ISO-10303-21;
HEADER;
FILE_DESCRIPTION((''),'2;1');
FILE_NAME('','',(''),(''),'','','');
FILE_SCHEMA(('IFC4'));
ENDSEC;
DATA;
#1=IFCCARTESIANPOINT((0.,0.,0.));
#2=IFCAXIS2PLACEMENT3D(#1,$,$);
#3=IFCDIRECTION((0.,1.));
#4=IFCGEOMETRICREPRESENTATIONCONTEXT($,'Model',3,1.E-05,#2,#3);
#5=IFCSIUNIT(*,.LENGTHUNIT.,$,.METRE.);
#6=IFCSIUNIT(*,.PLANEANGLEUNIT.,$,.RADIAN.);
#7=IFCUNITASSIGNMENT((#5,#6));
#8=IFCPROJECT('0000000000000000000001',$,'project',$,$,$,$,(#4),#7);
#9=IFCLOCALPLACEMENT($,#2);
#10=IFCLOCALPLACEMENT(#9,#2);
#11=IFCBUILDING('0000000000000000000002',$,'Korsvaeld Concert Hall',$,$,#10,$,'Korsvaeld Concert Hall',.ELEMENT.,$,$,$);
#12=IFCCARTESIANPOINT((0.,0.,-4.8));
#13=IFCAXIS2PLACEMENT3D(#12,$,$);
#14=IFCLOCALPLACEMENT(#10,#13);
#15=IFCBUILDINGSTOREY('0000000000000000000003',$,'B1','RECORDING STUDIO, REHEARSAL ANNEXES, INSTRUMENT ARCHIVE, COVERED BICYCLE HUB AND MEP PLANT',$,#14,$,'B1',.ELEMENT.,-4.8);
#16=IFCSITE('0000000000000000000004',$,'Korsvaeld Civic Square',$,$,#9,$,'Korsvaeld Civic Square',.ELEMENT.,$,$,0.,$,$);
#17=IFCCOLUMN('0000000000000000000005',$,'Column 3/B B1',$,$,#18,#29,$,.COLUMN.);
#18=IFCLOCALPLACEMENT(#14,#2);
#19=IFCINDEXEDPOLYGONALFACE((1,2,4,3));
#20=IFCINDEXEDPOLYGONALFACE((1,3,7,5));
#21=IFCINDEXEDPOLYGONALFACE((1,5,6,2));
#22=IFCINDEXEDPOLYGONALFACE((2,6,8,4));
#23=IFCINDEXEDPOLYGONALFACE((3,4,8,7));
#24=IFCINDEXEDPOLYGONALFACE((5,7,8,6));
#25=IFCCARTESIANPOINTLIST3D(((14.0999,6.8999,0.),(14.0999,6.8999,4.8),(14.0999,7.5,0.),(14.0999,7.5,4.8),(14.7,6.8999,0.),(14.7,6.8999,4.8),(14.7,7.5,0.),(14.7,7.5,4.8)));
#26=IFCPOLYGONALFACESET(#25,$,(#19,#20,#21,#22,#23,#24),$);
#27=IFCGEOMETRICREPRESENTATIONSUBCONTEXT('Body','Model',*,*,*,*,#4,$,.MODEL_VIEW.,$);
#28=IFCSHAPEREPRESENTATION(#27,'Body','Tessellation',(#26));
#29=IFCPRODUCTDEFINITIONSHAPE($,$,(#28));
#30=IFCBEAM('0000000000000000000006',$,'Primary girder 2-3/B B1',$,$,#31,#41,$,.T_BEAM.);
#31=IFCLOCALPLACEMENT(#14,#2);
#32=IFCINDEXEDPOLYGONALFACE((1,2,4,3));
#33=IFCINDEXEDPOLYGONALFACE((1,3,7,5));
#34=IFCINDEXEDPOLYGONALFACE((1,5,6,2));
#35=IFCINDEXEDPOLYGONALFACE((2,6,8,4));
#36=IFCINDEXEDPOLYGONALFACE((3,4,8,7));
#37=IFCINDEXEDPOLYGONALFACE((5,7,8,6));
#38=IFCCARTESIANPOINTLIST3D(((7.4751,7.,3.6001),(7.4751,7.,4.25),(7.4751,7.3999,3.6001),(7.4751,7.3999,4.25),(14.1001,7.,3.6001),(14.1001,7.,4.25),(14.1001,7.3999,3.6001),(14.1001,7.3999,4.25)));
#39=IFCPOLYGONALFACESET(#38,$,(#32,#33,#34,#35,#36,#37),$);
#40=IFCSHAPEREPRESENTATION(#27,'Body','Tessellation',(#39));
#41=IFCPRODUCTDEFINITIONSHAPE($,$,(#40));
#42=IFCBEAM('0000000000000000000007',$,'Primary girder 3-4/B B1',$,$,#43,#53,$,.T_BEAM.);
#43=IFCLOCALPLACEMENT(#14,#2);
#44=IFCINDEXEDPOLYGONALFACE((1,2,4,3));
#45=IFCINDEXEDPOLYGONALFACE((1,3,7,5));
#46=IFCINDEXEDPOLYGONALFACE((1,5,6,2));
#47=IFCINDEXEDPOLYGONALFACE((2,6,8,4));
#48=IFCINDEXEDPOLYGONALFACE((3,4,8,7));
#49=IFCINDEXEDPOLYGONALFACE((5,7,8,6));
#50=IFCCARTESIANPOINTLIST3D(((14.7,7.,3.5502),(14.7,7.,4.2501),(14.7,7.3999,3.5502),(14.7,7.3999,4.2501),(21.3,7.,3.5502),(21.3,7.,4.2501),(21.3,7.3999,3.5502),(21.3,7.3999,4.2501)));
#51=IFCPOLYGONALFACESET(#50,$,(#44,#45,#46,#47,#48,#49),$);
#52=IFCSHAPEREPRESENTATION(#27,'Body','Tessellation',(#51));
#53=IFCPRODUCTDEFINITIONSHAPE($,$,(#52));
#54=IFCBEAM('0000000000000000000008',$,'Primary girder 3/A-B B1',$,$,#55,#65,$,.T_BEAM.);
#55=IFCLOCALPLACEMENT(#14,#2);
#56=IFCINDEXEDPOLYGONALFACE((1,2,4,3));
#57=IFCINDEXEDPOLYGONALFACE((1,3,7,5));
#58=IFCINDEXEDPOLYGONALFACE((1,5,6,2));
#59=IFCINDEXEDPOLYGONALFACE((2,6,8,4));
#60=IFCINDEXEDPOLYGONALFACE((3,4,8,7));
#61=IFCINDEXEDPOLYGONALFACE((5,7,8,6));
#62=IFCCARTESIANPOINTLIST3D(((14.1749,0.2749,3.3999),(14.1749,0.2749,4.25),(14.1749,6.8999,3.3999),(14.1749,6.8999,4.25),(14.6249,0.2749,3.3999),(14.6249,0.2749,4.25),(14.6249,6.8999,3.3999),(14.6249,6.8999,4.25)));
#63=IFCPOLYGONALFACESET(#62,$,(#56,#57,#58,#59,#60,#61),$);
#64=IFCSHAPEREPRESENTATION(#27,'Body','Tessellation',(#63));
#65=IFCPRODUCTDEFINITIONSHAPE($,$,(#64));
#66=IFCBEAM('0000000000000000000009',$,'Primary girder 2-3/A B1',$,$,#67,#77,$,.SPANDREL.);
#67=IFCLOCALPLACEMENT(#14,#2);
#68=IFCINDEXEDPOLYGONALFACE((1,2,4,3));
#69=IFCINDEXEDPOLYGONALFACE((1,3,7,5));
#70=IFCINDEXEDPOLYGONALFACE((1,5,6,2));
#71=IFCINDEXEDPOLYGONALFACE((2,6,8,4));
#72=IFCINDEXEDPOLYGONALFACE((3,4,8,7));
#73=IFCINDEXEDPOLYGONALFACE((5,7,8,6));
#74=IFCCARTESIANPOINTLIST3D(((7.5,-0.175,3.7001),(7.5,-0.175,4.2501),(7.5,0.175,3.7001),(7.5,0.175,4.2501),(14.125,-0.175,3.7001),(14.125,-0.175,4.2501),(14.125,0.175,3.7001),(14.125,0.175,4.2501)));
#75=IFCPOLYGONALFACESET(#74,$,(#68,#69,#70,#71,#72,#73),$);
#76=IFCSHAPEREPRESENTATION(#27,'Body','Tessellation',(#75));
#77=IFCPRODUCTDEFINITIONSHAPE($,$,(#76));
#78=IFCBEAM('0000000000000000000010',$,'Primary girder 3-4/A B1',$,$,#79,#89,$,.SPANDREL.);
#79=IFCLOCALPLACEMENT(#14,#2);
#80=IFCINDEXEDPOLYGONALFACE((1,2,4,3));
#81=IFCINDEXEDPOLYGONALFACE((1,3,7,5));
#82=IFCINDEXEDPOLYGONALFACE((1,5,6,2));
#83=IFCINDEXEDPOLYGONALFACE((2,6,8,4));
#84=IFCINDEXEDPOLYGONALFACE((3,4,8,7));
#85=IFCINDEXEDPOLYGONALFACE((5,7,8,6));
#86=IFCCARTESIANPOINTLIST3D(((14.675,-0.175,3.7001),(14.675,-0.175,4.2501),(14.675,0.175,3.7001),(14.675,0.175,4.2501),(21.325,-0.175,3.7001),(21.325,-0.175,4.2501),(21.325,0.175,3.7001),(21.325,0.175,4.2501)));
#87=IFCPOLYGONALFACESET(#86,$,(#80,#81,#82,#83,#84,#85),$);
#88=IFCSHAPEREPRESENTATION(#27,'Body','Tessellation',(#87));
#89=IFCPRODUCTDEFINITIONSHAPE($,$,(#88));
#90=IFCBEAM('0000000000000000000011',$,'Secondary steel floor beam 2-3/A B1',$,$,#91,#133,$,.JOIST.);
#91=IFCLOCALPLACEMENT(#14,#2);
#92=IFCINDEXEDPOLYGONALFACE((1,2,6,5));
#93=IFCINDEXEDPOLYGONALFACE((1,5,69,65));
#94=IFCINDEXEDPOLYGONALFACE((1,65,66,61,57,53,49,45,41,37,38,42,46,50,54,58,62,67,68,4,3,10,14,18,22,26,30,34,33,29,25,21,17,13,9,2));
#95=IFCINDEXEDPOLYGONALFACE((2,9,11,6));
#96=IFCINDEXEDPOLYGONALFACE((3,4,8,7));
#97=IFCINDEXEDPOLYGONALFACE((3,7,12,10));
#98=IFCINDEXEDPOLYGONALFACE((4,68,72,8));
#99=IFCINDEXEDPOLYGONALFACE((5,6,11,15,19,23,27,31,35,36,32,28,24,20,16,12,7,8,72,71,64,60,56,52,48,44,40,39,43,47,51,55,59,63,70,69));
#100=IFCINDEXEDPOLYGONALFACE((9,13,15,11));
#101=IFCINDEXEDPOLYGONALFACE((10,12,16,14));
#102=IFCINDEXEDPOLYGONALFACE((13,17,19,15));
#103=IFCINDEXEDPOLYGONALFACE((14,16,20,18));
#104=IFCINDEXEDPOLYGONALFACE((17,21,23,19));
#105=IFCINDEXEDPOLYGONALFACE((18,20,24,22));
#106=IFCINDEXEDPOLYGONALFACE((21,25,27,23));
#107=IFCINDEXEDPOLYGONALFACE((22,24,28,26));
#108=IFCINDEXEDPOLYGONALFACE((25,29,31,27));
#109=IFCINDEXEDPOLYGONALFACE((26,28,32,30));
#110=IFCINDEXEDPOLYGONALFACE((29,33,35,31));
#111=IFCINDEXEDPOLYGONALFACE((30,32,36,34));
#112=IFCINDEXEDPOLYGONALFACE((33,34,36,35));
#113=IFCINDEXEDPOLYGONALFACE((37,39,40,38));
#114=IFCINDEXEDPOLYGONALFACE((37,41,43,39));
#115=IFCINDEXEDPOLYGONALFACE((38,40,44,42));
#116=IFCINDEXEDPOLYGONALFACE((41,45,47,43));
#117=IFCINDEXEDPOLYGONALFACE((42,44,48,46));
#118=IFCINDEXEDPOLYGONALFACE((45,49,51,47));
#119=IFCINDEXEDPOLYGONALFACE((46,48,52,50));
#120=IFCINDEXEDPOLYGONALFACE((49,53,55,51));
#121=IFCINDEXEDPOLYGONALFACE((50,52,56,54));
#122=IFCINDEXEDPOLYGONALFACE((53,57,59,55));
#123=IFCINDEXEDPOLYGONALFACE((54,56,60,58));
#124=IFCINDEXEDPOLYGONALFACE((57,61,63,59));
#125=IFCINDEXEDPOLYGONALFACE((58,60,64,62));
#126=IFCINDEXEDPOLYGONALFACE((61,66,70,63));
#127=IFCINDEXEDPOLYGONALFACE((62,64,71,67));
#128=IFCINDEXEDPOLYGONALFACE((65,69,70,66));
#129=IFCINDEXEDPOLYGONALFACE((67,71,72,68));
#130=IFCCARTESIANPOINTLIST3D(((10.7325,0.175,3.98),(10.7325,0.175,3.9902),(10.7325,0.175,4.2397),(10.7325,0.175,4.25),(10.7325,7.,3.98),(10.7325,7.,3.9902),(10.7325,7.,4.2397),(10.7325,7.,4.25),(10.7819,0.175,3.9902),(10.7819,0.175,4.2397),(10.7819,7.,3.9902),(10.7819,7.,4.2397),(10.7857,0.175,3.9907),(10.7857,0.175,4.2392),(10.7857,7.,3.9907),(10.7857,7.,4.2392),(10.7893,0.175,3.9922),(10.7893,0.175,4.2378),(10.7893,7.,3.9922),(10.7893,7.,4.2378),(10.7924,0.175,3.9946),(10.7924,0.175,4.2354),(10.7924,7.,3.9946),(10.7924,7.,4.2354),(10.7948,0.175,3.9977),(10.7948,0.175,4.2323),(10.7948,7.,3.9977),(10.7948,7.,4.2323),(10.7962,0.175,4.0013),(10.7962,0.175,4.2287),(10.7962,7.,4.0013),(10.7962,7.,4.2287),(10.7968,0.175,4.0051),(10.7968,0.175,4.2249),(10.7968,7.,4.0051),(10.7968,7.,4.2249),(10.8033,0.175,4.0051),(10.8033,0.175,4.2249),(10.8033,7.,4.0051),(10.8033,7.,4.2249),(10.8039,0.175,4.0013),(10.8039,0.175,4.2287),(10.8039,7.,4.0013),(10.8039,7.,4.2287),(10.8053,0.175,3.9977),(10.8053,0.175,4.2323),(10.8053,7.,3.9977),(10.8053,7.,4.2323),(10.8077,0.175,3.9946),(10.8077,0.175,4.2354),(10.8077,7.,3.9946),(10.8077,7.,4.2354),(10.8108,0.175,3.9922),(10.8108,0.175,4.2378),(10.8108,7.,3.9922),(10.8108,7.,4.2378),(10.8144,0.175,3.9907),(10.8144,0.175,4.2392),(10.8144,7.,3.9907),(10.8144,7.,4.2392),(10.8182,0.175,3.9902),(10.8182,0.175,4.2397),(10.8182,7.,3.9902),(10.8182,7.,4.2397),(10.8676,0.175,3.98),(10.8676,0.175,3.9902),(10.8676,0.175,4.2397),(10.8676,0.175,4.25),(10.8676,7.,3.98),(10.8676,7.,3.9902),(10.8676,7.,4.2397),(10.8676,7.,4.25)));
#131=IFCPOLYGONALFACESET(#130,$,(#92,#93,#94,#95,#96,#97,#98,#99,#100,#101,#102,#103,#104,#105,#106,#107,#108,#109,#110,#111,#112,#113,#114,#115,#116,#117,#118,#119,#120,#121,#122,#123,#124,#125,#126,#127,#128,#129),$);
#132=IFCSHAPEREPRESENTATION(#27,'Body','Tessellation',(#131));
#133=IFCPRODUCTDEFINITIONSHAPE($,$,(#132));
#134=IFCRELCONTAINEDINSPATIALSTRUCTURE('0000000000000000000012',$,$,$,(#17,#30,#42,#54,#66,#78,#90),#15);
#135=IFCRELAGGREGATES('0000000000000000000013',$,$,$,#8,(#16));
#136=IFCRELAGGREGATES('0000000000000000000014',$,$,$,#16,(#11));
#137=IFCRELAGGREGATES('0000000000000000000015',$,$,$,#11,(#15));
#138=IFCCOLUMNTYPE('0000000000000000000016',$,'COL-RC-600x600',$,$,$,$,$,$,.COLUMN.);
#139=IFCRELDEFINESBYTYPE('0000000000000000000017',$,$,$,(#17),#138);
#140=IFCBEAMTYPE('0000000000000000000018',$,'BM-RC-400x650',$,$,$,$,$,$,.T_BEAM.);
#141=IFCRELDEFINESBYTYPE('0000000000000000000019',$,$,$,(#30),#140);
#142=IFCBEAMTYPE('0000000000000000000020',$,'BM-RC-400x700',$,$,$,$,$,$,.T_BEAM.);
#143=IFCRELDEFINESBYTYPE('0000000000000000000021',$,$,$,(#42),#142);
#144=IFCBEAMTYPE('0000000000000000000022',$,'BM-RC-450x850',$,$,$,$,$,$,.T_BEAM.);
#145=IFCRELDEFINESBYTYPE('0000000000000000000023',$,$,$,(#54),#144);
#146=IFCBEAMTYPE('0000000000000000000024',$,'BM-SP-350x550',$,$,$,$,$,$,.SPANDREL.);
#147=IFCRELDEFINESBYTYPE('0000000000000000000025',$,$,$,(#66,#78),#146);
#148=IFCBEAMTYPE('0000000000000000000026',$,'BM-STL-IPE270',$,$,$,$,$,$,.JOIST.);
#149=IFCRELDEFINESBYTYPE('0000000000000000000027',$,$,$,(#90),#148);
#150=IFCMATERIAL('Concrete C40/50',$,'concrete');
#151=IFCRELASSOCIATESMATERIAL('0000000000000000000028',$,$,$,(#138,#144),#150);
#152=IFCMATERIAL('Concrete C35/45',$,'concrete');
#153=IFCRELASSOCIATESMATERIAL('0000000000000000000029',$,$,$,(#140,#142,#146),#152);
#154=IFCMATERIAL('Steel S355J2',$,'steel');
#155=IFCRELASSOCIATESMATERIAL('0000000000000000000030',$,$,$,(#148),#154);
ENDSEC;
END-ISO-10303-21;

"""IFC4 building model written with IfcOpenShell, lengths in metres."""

from ifc_helpers import new_model, si_unit, direction, frame, origin, origin_2d, place, context, subcontext, project, spatial, rectangle, i_section, extrude, material, material_profile, profile_set, type_object, element, save


model = new_model("IFC4")

# Units and contexts
model_context = context("Model", 3, precision=1e-05, world=origin(), true_north=direction((0.0, 1.0)))
body_context = subcontext(model_context, "Body", "Model", "MODEL_VIEW")
ifc_project = project(units=[si_unit("LENGTHUNIT", "METRE"), si_unit("PLANEANGLEUNIT", "RADIAN")], contexts=[model_context])

# Site, building, storey
site_placement = place(None, origin())
site = spatial("IfcSite", under=ifc_project, at=site_placement, Name="Korsvaeld Civic Square", LongName="Korsvaeld Civic Square", CompositionType="ELEMENT", RefElevation=0.0)
building_placement = place(site_placement, origin())
building = spatial("IfcBuilding", under=site, at=building_placement, Name="Korsvaeld Concert Hall", LongName="Korsvaeld Concert Hall", CompositionType="ELEMENT")
storey_placement = place(building_placement, frame((0.0, 0.0, -4.8)))
storey = spatial("IfcBuildingStorey", under=building, at=storey_placement, Name="B1", Description="RECORDING STUDIO, REHEARSAL ANNEXES, INSTRUMENT ARCHIVE, COVERED BICYCLE HUB AND MEP PLANT", LongName="B1", CompositionType="ELEMENT", Elevation=-4.8)

# Shared definitions
ifc_material_1 = material(Name="Concrete C35/45", Category="concrete")

# Column
ifc_material_2 = material(Name="Concrete C40/50", Category="concrete")
ifc_material_profile_1 = material_profile(ifc_material_2, rectangle(XDim=0.6001, YDim=0.6001, at=origin_2d()), Name="RC 600x600")
ifc_profile_set_1 = profile_set([ifc_material_profile_1], Name="Concrete C40/50")
column_type_1 = type_object("IfcColumnType", Name="COL-RC-600x600", PredefinedType="COLUMN", material=ifc_profile_set_1)
column_1_placement = place(storey_placement, frame((14.3999, 7.2, 0.0), z_axis=(0.0, 0.0, 1.0), x_axis=(1.0, 0.0, 0.0)))
element("IfcColumn", 1, at=column_1_placement, inside=storey, type_object=column_type_1, Name="Column 3/B B1", PredefinedType="COLUMN", context=body_context, shape_type="SweptSolid", body=[
    extrude(rectangle(XDim=0.6001, YDim=0.6001, at=origin_2d()), origin(), (0.0, 0.0, 1.0), 4.8),
])

# Beams
ifc_material_profile_2 = material_profile(ifc_material_1, rectangle(XDim=0.3999, YDim=0.6499, at=origin_2d()), Name="RC 400x650")
ifc_profile_set_2 = profile_set([ifc_material_profile_2], Name="Concrete C35/45")
beam_type_1 = type_object("IfcBeamType", Name="BM-RC-400x650", PredefinedType="T_BEAM", material=ifc_profile_set_2)
beam_1_placement = place(storey_placement, frame((7.4751, 7.2, 3.925), z_axis=(1.0, 0.0, 0.0), x_axis=(0.0, 1.0, 0.0)))
element("IfcBeam", 2, at=beam_1_placement, inside=storey, type_object=beam_type_1, Name="Primary girder 2-3/B B1", PredefinedType="T_BEAM", context=body_context, shape_type="SweptSolid", body=[
    extrude(rectangle(XDim=0.3999, YDim=0.6499, at=origin_2d()), origin(), (0.0, 0.0, 1.0), 6.625),
])
ifc_material_profile_3 = material_profile(ifc_material_1, rectangle(XDim=0.3999, YDim=0.7, at=origin_2d()), Name="RC 400x700")
ifc_profile_set_3 = profile_set([ifc_material_profile_3], Name="Concrete C35/45")
beam_type_2 = type_object("IfcBeamType", Name="BM-RC-400x700", PredefinedType="T_BEAM", material=ifc_profile_set_3)
beam_2_placement = place(storey_placement, frame((14.7, 7.2, 3.9001), z_axis=(1.0, 0.0, 0.0), x_axis=(0.0, 1.0, 0.0)))
element("IfcBeam", 3, at=beam_2_placement, inside=storey, type_object=beam_type_2, Name="Primary girder 3-4/B B1", PredefinedType="T_BEAM", context=body_context, shape_type="SweptSolid", body=[
    extrude(rectangle(XDim=0.3999, YDim=0.7, at=origin_2d()), origin(), (0.0, 0.0, 1.0), 6.6001),
])
ifc_material_profile_4 = material_profile(ifc_material_2, rectangle(XDim=0.45, YDim=0.8501, at=origin_2d()), Name="RC 450x850")
ifc_profile_set_4 = profile_set([ifc_material_profile_4], Name="Concrete C40/50")
beam_type_3 = type_object("IfcBeamType", Name="BM-RC-450x850", PredefinedType="T_BEAM", material=ifc_profile_set_4)
beam_3_placement = place(storey_placement, frame((14.3999, 0.2749, 3.825), z_axis=(0.0, 1.0, 0.0), x_axis=(-1.0, 0.0, 0.0)))
element("IfcBeam", 4, at=beam_3_placement, inside=storey, type_object=beam_type_3, Name="Primary girder 3/A-B B1", PredefinedType="T_BEAM", context=body_context, shape_type="SweptSolid", body=[
    extrude(rectangle(XDim=0.45, YDim=0.8501, at=origin_2d()), origin(), (0.0, 0.0, 1.0), 6.625),
])
ifc_material_profile_5 = material_profile(ifc_material_1, rectangle(XDim=0.3501, YDim=0.55, at=origin_2d()), Name="RC 350x550")
ifc_profile_set_5 = profile_set([ifc_material_profile_5], Name="Concrete C35/45")
beam_type_4 = type_object("IfcBeamType", Name="BM-SP-350x550", PredefinedType="SPANDREL", material=ifc_profile_set_5)
beam_4_placement = place(storey_placement, frame((7.5, 0.0, 3.9751), z_axis=(1.0, 0.0, 0.0), x_axis=(0.0, 1.0, 0.0)))
element("IfcBeam", 5, at=beam_4_placement, inside=storey, type_object=beam_type_4, Name="Primary girder 2-3/A B1", PredefinedType="SPANDREL", context=body_context, shape_type="SweptSolid", body=[
    extrude(rectangle(XDim=0.3501, YDim=0.55, at=origin_2d()), origin(), (0.0, 0.0, 1.0), 6.625),
])
beam_5_placement = place(storey_placement, frame((14.675, 0.0, 3.9751), z_axis=(1.0, 0.0, 0.0), x_axis=(0.0, 1.0, 0.0)))
element("IfcBeam", 6, at=beam_5_placement, inside=storey, type_object=beam_type_4, Name="Primary girder 3-4/A B1", PredefinedType="SPANDREL", context=body_context, shape_type="SweptSolid", body=[
    extrude(rectangle(XDim=0.3501, YDim=0.55, at=origin_2d()), origin(), (0.0, 0.0, 1.0), 6.6499),
])
ifc_material_3 = material(Name="Steel S355J2", Category="steel")
ifc_material_profile_6 = material_profile(ifc_material_3, i_section(OverallWidth=0.135, OverallDepth=0.27, WebThickness=0.0066, FlangeThickness=0.0103, FilletRadius=0.0149, at=origin_2d()), Name="IPE 270")
ifc_profile_set_6 = profile_set([ifc_material_profile_6], Name="Steel S355J2")
beam_type_5 = type_object("IfcBeamType", Name="BM-STL-IPE270", PredefinedType="JOIST", material=ifc_profile_set_6)
beam_6_placement = place(storey_placement, frame((10.8, 0.175, 4.115), z_axis=(0.0, 1.0, 0.0), x_axis=(-1.0, 0.0, 0.0)))
element("IfcBeam", 7, at=beam_6_placement, inside=storey, type_object=beam_type_5, Name="Secondary steel floor beam 2-3/A B1", PredefinedType="JOIST", context=body_context, shape_type="SweptSolid", body=[
    extrude(i_section(OverallWidth=0.135, OverallDepth=0.27, WebThickness=0.0066, FlangeThickness=0.0103, FilletRadius=0.0149, at=origin_2d()), origin(), (0.0, 0.0, 1.0), 6.825),
])

save(model, "model.ifc")
